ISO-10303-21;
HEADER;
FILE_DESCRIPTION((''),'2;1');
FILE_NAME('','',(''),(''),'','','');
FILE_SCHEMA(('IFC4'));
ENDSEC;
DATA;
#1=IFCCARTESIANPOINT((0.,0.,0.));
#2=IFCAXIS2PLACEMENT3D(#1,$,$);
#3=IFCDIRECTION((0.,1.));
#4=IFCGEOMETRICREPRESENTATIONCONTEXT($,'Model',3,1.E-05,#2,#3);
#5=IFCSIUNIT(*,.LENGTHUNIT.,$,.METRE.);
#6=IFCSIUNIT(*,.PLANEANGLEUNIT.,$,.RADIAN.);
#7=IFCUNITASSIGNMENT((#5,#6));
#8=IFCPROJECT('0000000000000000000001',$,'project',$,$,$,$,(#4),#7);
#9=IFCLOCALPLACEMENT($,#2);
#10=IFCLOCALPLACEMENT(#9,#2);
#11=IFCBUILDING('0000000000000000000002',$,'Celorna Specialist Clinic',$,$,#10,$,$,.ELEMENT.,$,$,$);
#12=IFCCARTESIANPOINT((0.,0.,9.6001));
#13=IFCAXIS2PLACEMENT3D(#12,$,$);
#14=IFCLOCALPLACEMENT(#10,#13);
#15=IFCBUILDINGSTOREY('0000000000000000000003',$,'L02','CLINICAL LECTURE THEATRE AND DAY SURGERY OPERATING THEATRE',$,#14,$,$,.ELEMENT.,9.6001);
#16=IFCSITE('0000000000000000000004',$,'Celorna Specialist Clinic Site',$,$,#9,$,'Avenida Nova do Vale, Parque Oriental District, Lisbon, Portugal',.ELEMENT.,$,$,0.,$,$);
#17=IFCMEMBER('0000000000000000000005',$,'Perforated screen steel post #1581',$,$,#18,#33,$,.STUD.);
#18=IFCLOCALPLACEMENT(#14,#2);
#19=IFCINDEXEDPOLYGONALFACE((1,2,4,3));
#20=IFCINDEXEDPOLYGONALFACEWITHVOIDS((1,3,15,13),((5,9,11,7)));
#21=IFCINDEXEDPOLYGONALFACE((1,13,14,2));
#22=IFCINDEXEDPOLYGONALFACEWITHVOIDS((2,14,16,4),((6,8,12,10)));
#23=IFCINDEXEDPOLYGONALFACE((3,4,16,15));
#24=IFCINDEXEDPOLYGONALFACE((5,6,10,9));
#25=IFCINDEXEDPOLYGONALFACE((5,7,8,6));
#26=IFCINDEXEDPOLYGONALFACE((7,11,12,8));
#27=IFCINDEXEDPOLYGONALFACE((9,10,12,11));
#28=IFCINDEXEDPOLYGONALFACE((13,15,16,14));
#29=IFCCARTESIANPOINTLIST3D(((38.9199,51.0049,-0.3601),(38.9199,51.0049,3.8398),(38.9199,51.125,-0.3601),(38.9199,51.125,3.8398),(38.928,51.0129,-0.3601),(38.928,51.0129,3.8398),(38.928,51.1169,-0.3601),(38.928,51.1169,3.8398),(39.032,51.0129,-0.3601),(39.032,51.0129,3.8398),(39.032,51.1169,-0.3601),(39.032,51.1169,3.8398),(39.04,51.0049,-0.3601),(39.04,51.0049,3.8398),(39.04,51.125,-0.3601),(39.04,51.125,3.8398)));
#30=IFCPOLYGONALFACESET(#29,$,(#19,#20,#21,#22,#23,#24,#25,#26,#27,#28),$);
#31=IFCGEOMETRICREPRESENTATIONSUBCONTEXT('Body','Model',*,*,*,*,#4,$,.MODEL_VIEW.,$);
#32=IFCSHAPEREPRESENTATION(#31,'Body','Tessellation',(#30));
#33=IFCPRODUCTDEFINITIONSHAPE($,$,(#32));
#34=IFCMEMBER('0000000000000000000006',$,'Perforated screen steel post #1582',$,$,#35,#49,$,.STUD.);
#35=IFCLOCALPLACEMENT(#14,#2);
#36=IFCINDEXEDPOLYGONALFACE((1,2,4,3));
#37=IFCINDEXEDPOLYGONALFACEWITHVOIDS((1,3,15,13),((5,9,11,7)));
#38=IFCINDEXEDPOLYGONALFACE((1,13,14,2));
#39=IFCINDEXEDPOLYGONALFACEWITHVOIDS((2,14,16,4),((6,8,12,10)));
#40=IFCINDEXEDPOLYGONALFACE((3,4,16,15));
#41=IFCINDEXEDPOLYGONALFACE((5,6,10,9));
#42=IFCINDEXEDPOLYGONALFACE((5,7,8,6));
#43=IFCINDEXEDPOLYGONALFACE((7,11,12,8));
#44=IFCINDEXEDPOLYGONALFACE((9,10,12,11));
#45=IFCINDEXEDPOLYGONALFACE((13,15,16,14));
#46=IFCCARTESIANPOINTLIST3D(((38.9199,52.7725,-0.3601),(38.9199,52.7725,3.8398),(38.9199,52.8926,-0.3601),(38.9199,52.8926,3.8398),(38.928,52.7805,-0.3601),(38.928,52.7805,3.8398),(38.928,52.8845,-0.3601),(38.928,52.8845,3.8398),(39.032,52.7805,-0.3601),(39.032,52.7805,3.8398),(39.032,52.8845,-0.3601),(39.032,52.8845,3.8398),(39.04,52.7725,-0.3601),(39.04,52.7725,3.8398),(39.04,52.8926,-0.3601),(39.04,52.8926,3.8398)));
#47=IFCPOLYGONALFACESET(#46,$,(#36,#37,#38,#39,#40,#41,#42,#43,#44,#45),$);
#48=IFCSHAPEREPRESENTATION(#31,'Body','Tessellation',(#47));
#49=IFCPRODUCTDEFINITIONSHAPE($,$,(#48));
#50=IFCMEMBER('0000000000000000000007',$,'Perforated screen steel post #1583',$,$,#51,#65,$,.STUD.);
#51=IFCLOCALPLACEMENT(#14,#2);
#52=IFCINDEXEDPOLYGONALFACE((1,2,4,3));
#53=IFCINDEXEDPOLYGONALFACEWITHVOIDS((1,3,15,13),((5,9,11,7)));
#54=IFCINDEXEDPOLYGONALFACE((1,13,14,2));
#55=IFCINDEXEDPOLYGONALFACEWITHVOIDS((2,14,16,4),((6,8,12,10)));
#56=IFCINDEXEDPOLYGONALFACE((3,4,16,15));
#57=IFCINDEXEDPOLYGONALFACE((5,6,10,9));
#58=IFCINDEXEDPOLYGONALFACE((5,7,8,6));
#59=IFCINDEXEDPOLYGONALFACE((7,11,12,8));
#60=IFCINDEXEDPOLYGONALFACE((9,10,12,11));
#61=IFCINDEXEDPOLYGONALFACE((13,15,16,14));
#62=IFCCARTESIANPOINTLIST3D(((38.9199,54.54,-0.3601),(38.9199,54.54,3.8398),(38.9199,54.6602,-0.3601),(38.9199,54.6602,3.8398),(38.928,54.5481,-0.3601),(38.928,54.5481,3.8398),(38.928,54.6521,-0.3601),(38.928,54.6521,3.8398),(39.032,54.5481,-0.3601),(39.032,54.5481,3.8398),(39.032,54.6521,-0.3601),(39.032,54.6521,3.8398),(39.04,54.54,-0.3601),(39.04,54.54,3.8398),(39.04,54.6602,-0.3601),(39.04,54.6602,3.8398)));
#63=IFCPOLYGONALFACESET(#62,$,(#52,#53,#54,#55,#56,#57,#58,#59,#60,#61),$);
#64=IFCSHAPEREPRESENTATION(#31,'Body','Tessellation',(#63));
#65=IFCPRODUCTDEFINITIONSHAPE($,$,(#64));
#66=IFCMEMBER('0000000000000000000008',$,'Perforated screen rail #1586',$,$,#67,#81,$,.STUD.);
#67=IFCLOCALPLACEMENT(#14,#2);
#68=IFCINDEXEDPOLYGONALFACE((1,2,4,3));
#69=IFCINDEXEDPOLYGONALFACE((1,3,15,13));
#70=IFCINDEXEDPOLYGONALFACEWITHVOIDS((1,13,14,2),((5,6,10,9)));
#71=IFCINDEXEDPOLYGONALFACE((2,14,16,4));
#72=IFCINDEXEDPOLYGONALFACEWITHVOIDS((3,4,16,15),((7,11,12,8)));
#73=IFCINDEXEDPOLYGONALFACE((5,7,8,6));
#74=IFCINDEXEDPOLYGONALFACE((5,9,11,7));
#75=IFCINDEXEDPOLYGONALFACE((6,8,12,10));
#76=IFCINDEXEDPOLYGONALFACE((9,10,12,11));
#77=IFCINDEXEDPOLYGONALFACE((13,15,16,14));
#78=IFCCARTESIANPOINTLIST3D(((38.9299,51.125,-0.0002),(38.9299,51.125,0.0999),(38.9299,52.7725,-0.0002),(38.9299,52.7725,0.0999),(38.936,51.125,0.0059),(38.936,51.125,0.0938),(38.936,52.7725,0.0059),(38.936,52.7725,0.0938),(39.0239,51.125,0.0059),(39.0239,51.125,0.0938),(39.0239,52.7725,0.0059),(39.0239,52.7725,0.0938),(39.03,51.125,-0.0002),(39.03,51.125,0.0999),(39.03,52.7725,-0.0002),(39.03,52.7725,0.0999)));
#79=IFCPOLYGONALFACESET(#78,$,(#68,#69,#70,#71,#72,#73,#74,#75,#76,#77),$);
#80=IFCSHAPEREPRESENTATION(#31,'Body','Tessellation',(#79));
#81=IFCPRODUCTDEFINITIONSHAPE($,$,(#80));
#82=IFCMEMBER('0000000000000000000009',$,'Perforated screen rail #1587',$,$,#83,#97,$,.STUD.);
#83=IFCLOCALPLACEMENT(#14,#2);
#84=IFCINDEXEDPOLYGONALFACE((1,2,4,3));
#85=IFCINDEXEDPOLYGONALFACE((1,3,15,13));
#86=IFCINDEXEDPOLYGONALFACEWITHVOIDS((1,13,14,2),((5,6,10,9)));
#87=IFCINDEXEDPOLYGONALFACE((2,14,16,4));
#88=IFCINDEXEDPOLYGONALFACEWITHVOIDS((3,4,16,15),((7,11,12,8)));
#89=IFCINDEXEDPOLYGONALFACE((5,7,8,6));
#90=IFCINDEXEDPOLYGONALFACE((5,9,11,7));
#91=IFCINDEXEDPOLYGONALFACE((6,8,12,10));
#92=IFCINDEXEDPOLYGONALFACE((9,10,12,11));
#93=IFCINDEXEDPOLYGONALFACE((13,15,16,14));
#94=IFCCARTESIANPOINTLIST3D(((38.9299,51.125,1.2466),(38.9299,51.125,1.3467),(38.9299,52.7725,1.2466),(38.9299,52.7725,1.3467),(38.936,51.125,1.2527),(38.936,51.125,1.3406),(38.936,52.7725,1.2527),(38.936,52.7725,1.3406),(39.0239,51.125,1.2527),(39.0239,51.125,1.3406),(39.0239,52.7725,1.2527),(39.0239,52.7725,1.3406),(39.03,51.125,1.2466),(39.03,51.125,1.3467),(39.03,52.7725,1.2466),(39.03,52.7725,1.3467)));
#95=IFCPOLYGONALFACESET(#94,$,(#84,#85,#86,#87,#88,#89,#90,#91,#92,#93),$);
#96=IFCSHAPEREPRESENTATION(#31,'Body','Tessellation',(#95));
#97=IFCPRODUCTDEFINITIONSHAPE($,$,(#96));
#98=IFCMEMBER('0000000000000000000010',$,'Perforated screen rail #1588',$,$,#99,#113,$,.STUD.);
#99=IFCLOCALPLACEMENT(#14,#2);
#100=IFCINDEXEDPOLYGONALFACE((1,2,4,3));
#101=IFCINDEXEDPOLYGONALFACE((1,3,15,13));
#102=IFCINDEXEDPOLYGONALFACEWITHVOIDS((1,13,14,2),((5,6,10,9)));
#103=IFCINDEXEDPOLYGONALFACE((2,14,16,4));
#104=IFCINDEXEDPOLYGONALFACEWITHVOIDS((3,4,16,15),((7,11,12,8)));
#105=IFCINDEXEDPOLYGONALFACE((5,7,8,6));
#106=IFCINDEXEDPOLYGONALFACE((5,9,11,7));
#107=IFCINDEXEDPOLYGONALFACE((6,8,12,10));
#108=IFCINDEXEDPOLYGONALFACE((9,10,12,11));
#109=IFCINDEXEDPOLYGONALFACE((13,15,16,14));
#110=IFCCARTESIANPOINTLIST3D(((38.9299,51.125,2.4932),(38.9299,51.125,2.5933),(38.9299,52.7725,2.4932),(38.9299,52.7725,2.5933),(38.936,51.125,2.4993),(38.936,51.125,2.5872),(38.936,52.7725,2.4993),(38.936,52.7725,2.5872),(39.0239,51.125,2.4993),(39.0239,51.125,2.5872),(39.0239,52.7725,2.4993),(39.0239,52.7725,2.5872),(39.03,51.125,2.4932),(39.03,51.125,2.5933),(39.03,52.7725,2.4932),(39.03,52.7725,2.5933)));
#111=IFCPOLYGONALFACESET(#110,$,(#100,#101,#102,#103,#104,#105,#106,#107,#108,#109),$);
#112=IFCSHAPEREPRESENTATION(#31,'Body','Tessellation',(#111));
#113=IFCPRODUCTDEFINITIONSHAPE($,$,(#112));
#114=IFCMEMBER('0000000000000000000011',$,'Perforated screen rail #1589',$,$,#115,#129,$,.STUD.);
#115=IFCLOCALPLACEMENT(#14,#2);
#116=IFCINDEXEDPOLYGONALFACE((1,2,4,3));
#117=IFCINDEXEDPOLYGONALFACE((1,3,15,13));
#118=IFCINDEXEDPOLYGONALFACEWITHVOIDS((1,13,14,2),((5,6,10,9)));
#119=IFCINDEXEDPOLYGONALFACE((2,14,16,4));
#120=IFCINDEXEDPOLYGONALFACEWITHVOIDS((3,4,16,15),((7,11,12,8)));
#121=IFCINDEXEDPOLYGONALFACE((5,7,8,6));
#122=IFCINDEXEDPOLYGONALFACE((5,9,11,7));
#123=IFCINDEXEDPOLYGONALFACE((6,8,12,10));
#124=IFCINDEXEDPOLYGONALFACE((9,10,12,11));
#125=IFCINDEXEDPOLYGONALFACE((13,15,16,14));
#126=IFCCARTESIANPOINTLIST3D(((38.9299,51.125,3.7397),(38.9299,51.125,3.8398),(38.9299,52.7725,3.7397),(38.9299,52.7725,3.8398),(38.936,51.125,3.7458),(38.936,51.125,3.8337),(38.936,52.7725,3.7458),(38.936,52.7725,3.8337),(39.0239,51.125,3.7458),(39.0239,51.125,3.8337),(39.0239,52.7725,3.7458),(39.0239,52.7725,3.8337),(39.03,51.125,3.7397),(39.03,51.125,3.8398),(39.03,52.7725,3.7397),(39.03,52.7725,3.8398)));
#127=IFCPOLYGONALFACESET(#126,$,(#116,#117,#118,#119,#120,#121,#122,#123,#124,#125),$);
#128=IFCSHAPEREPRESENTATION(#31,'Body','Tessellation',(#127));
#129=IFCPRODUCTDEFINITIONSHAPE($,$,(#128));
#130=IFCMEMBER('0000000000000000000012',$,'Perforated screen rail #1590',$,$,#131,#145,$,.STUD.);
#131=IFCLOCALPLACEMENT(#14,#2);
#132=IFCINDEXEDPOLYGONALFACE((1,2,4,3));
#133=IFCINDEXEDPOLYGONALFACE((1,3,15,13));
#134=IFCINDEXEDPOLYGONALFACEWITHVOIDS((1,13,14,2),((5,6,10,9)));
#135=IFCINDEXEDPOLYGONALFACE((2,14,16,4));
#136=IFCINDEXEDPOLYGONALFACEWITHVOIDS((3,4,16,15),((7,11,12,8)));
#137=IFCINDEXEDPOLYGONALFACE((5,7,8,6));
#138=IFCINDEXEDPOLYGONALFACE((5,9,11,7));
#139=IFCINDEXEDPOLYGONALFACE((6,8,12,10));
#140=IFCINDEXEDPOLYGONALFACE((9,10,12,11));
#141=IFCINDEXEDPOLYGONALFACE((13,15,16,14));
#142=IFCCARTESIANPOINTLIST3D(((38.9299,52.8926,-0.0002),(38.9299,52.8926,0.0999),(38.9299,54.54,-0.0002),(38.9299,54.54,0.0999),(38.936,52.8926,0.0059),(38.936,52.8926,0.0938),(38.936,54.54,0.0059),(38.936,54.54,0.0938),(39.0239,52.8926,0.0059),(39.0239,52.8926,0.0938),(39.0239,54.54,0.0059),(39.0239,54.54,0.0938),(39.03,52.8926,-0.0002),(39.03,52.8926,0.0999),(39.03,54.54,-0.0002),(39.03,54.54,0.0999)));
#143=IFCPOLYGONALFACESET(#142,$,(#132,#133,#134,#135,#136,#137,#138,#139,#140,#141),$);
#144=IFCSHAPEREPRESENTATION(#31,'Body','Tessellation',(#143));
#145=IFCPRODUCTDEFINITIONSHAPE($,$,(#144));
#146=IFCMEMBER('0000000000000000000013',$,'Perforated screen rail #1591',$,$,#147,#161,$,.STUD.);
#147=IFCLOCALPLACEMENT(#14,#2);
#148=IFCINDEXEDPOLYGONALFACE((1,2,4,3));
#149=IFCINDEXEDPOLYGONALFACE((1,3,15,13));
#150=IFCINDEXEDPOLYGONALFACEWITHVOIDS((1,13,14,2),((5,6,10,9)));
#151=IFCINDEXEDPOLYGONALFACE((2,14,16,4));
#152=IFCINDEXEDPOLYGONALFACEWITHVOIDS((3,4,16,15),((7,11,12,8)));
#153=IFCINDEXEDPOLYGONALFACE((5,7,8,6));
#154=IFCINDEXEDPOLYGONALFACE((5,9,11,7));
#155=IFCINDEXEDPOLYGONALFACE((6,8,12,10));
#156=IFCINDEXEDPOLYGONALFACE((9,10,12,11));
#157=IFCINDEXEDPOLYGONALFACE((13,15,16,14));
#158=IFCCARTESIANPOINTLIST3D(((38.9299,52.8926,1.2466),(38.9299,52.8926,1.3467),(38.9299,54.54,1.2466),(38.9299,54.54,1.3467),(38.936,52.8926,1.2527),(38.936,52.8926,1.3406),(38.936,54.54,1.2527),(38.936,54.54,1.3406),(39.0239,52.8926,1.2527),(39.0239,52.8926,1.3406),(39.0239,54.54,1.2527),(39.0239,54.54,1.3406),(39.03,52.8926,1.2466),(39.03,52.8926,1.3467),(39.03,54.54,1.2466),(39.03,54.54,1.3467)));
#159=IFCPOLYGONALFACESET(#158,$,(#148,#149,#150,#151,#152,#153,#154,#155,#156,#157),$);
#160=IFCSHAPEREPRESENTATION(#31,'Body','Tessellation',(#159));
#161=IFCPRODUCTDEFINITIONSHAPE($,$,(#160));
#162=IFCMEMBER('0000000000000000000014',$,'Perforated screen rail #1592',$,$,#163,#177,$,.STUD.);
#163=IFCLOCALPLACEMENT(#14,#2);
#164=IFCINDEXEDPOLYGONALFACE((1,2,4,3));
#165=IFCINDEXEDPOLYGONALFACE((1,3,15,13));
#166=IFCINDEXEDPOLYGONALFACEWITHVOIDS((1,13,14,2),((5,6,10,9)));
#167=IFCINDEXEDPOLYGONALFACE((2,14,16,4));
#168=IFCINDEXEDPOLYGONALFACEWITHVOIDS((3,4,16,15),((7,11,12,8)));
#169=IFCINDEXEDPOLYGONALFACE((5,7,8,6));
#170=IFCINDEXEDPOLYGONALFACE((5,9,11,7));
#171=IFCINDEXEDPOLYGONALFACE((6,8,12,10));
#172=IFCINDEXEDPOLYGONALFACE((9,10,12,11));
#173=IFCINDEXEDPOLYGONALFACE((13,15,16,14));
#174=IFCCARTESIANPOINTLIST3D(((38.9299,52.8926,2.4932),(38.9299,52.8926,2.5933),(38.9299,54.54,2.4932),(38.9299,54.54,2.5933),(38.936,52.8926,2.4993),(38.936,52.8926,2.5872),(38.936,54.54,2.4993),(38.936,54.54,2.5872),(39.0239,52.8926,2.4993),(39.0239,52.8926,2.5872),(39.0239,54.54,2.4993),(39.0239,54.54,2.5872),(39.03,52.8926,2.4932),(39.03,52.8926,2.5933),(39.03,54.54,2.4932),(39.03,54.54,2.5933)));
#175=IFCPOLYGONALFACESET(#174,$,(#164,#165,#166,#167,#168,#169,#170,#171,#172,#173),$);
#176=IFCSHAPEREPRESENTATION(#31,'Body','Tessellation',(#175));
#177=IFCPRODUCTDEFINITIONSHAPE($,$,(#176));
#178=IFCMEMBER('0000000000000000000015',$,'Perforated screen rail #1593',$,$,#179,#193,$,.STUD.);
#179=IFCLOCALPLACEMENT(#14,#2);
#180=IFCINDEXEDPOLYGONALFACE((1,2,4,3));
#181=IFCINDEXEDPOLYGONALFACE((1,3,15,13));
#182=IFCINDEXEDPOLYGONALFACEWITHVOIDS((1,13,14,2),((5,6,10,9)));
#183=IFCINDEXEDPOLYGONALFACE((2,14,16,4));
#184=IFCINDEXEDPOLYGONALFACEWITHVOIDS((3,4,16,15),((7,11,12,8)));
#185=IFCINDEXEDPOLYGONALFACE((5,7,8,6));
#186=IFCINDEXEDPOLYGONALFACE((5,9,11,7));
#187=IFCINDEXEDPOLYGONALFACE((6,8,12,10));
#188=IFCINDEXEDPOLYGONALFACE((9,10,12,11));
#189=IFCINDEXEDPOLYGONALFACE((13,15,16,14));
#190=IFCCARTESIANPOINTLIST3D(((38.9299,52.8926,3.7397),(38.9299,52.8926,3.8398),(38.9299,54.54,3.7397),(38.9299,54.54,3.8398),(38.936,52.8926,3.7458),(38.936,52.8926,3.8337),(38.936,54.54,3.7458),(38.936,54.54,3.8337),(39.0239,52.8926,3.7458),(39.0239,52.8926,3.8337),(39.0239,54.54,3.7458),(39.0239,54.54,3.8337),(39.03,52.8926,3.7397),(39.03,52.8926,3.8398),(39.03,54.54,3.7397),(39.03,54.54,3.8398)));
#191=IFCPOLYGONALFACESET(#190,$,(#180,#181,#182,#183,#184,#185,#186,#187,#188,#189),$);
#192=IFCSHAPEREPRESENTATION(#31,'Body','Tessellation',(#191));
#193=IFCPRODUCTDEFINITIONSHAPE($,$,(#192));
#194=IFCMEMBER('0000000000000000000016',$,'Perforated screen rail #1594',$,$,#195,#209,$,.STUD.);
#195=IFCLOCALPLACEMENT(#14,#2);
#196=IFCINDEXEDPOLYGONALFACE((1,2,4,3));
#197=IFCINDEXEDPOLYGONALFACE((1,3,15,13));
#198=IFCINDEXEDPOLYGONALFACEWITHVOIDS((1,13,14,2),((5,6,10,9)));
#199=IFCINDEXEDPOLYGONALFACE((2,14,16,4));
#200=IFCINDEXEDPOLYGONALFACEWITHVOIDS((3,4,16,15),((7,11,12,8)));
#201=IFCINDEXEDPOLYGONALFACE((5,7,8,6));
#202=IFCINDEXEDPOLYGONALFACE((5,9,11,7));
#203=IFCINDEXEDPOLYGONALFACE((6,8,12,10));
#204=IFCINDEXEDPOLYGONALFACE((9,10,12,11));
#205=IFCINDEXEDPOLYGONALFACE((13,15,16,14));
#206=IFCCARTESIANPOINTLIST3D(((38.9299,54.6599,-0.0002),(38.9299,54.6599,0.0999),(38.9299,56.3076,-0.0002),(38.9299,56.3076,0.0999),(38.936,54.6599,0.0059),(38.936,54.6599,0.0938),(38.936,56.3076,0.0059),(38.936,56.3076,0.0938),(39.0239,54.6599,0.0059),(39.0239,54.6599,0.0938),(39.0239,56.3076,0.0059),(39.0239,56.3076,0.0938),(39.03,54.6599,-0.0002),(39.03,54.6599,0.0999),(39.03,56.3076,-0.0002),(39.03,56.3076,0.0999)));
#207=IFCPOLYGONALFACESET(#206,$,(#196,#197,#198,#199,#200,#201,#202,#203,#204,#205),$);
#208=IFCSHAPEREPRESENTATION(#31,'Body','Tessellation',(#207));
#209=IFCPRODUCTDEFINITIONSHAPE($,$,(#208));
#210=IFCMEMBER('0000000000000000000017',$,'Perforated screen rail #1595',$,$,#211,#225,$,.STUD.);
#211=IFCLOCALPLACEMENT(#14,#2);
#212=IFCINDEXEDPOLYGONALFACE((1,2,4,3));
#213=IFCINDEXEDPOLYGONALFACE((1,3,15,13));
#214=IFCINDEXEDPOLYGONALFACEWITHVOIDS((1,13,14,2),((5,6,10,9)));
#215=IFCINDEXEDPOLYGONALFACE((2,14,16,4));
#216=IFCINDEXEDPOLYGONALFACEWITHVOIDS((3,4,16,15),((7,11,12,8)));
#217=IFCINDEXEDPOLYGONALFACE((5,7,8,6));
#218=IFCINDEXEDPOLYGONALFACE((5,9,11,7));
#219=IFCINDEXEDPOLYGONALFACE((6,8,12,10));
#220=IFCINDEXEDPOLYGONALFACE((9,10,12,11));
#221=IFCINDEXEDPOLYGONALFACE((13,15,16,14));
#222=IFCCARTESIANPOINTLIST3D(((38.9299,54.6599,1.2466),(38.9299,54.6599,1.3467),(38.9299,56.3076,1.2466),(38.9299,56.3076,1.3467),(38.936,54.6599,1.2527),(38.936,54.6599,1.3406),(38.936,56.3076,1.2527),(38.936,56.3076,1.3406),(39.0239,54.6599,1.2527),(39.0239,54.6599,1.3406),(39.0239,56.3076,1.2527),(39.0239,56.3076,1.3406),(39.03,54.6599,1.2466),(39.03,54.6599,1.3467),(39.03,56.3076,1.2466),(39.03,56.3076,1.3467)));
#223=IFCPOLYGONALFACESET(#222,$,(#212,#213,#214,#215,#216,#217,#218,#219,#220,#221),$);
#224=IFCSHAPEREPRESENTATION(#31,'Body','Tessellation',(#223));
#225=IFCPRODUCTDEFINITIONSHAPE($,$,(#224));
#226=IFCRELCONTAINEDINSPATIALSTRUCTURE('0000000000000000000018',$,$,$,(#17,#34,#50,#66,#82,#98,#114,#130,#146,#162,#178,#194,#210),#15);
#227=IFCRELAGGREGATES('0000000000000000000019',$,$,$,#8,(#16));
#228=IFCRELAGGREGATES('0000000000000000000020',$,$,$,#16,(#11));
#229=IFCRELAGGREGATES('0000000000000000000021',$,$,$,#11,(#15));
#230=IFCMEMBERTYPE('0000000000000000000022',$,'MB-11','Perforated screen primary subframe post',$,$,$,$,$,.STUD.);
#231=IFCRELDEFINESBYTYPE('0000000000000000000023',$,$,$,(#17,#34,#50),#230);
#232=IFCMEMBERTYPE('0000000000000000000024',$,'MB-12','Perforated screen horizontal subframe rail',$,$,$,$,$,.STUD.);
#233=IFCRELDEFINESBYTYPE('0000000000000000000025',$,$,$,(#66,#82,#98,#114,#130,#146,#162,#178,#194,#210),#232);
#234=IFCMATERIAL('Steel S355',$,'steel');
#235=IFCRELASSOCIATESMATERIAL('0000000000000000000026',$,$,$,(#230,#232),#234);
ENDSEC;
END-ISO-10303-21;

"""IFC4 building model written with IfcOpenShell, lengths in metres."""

from ifc_helpers import new_model, si_unit, direction, frame, origin, origin_2d, place, context, subcontext, project, spatial, hollow_rectangle, extrude, material, material_profile, profile_set, type_object, element, save


model = new_model("IFC4")

# Units and contexts
model_context = context("Model", 3, precision=1e-05, world=origin(), true_north=direction((0.0, 1.0)))
body_context = subcontext(model_context, "Body", "Model", "MODEL_VIEW")
ifc_project = project(units=[si_unit("LENGTHUNIT", "METRE"), si_unit("PLANEANGLEUNIT", "RADIAN")], contexts=[model_context])

# Site, building, storey
site_placement = place(None, origin())
site = spatial("IfcSite", under=ifc_project, at=site_placement, Name="Celorna Specialist Clinic Site", LongName="Avenida Nova do Vale, Parque Oriental District, Lisbon, Portugal", CompositionType="ELEMENT", RefElevation=0.0)
building_placement = place(site_placement, origin())
building = spatial("IfcBuilding", under=site, at=building_placement, Name="Celorna Specialist Clinic", CompositionType="ELEMENT")
storey_placement = place(building_placement, frame((0.0, 0.0, 9.6001)))
storey = spatial("IfcBuildingStorey", under=building, at=storey_placement, Name="L02", Description="CLINICAL LECTURE THEATRE AND DAY SURGERY OPERATING THEATRE", CompositionType="ELEMENT", Elevation=9.6001)

# Members
ifc_material_1 = material(Name="Steel S355", Category="steel")
ifc_material_profile_1 = material_profile(ifc_material_1, hollow_rectangle(XDim=0.1201, YDim=0.1201, WallThickness=0.0081, at=origin_2d()), Name="SHS 120x120x8")
ifc_profile_set_1 = profile_set([ifc_material_profile_1], Name="Steel S355")
member_type_1 = type_object("IfcMemberType", Name="MB-11", Description="Perforated screen primary subframe post", PredefinedType="STUD", material=ifc_profile_set_1)
for number, where, z_axis, x_axis, name in (
    (1, (38.98, 51.0649, -0.3601), (0.0, 0.0, 1.0), (1.0, 0.0, 0.0), "Perforated screen steel post #1581"),
    (2, (38.98, 52.8325, -0.3601), (0.0, 0.0, 1.0), (1.0, 0.0, 0.0), "Perforated screen steel post #1582"),
    (3, (38.98, 54.6001, -0.3601), (0.0, 0.0, 1.0), (1.0, 0.0, 0.0), "Perforated screen steel post #1583"),
):
    element("IfcMember", number, at=place(storey_placement, frame(where, z_axis=z_axis, x_axis=x_axis)), inside=storey, type_object=member_type_1, Name=name, PredefinedType="STUD", context=body_context, shape_type="SweptSolid", body=[
        extrude(hollow_rectangle(XDim=0.1201, YDim=0.1201, WallThickness=0.0081, at=origin_2d()), origin(), (0.0, 0.0, 1.0), 4.2),
    ])
ifc_material_profile_2 = material_profile(ifc_material_1, hollow_rectangle(XDim=0.1001, YDim=0.1001, WallThickness=0.0061, at=origin_2d()), Name="SHS 100x100x6")
ifc_profile_set_2 = profile_set([ifc_material_profile_2], Name="Steel S355")
member_type_2 = type_object("IfcMemberType", Name="MB-12", Description="Perforated screen horizontal subframe rail", PredefinedType="STUD", material=ifc_profile_set_2)
for number, where, z_axis, x_axis, name in (
    (4, (38.98, 51.125, 0.0498), (0.0, 1.0, 0.0), (-1.0, 0.0, 0.0), "Perforated screen rail #1586"),
    (5, (38.98, 51.125, 1.2966), (0.0, 1.0, 0.0), (-1.0, 0.0, 0.0), "Perforated screen rail #1587"),
    (6, (38.98, 51.125, 2.5432), (0.0, 1.0, 0.0), (-1.0, 0.0, 0.0), "Perforated screen rail #1588"),
    (7, (38.98, 51.125, 3.7898), (0.0, 1.0, 0.0), (-1.0, 0.0, 0.0), "Perforated screen rail #1589"),
    (8, (38.98, 52.8926, 0.0498), (0.0, 1.0, 0.0), (-1.0, 0.0, 0.0), "Perforated screen rail #1590"),
    (9, (38.98, 52.8926, 1.2966), (0.0, 1.0, 0.0), (-1.0, 0.0, 0.0), "Perforated screen rail #1591"),
    (10, (38.98, 52.8926, 2.5432), (0.0, 1.0, 0.0), (-1.0, 0.0, 0.0), "Perforated screen rail #1592"),
    (11, (38.98, 52.8926, 3.7898), (0.0, 1.0, 0.0), (-1.0, 0.0, 0.0), "Perforated screen rail #1593"),
):
    element("IfcMember", number, at=place(storey_placement, frame(where, z_axis=z_axis, x_axis=x_axis)), inside=storey, type_object=member_type_2, Name=name, PredefinedType="STUD", context=body_context, shape_type="SweptSolid", body=[
        extrude(hollow_rectangle(XDim=0.1001, YDim=0.1001, WallThickness=0.0061, at=origin_2d()), origin(), (0.0, 0.0, 1.0), 1.6475),
    ])
for number, where, z_axis, x_axis, name in (
    (12, (38.98, 54.6599, 0.0498), (0.0, 1.0, 0.0), (-1.0, 0.0, 0.0), "Perforated screen rail #1594"),
    (13, (38.98, 54.6599, 1.2966), (0.0, 1.0, 0.0), (-1.0, 0.0, 0.0), "Perforated screen rail #1595"),
):
    element("IfcMember", number, at=place(storey_placement, frame(where, z_axis=z_axis, x_axis=x_axis)), inside=storey, type_object=member_type_2, Name=name, PredefinedType="STUD", context=body_context, shape_type="SweptSolid", body=[
        extrude(hollow_rectangle(XDim=0.1001, YDim=0.1001, WallThickness=0.0061, at=origin_2d()), origin(), (0.0, 0.0, 1.0), 1.6477),
    ])

save(model, "model.ifc")
